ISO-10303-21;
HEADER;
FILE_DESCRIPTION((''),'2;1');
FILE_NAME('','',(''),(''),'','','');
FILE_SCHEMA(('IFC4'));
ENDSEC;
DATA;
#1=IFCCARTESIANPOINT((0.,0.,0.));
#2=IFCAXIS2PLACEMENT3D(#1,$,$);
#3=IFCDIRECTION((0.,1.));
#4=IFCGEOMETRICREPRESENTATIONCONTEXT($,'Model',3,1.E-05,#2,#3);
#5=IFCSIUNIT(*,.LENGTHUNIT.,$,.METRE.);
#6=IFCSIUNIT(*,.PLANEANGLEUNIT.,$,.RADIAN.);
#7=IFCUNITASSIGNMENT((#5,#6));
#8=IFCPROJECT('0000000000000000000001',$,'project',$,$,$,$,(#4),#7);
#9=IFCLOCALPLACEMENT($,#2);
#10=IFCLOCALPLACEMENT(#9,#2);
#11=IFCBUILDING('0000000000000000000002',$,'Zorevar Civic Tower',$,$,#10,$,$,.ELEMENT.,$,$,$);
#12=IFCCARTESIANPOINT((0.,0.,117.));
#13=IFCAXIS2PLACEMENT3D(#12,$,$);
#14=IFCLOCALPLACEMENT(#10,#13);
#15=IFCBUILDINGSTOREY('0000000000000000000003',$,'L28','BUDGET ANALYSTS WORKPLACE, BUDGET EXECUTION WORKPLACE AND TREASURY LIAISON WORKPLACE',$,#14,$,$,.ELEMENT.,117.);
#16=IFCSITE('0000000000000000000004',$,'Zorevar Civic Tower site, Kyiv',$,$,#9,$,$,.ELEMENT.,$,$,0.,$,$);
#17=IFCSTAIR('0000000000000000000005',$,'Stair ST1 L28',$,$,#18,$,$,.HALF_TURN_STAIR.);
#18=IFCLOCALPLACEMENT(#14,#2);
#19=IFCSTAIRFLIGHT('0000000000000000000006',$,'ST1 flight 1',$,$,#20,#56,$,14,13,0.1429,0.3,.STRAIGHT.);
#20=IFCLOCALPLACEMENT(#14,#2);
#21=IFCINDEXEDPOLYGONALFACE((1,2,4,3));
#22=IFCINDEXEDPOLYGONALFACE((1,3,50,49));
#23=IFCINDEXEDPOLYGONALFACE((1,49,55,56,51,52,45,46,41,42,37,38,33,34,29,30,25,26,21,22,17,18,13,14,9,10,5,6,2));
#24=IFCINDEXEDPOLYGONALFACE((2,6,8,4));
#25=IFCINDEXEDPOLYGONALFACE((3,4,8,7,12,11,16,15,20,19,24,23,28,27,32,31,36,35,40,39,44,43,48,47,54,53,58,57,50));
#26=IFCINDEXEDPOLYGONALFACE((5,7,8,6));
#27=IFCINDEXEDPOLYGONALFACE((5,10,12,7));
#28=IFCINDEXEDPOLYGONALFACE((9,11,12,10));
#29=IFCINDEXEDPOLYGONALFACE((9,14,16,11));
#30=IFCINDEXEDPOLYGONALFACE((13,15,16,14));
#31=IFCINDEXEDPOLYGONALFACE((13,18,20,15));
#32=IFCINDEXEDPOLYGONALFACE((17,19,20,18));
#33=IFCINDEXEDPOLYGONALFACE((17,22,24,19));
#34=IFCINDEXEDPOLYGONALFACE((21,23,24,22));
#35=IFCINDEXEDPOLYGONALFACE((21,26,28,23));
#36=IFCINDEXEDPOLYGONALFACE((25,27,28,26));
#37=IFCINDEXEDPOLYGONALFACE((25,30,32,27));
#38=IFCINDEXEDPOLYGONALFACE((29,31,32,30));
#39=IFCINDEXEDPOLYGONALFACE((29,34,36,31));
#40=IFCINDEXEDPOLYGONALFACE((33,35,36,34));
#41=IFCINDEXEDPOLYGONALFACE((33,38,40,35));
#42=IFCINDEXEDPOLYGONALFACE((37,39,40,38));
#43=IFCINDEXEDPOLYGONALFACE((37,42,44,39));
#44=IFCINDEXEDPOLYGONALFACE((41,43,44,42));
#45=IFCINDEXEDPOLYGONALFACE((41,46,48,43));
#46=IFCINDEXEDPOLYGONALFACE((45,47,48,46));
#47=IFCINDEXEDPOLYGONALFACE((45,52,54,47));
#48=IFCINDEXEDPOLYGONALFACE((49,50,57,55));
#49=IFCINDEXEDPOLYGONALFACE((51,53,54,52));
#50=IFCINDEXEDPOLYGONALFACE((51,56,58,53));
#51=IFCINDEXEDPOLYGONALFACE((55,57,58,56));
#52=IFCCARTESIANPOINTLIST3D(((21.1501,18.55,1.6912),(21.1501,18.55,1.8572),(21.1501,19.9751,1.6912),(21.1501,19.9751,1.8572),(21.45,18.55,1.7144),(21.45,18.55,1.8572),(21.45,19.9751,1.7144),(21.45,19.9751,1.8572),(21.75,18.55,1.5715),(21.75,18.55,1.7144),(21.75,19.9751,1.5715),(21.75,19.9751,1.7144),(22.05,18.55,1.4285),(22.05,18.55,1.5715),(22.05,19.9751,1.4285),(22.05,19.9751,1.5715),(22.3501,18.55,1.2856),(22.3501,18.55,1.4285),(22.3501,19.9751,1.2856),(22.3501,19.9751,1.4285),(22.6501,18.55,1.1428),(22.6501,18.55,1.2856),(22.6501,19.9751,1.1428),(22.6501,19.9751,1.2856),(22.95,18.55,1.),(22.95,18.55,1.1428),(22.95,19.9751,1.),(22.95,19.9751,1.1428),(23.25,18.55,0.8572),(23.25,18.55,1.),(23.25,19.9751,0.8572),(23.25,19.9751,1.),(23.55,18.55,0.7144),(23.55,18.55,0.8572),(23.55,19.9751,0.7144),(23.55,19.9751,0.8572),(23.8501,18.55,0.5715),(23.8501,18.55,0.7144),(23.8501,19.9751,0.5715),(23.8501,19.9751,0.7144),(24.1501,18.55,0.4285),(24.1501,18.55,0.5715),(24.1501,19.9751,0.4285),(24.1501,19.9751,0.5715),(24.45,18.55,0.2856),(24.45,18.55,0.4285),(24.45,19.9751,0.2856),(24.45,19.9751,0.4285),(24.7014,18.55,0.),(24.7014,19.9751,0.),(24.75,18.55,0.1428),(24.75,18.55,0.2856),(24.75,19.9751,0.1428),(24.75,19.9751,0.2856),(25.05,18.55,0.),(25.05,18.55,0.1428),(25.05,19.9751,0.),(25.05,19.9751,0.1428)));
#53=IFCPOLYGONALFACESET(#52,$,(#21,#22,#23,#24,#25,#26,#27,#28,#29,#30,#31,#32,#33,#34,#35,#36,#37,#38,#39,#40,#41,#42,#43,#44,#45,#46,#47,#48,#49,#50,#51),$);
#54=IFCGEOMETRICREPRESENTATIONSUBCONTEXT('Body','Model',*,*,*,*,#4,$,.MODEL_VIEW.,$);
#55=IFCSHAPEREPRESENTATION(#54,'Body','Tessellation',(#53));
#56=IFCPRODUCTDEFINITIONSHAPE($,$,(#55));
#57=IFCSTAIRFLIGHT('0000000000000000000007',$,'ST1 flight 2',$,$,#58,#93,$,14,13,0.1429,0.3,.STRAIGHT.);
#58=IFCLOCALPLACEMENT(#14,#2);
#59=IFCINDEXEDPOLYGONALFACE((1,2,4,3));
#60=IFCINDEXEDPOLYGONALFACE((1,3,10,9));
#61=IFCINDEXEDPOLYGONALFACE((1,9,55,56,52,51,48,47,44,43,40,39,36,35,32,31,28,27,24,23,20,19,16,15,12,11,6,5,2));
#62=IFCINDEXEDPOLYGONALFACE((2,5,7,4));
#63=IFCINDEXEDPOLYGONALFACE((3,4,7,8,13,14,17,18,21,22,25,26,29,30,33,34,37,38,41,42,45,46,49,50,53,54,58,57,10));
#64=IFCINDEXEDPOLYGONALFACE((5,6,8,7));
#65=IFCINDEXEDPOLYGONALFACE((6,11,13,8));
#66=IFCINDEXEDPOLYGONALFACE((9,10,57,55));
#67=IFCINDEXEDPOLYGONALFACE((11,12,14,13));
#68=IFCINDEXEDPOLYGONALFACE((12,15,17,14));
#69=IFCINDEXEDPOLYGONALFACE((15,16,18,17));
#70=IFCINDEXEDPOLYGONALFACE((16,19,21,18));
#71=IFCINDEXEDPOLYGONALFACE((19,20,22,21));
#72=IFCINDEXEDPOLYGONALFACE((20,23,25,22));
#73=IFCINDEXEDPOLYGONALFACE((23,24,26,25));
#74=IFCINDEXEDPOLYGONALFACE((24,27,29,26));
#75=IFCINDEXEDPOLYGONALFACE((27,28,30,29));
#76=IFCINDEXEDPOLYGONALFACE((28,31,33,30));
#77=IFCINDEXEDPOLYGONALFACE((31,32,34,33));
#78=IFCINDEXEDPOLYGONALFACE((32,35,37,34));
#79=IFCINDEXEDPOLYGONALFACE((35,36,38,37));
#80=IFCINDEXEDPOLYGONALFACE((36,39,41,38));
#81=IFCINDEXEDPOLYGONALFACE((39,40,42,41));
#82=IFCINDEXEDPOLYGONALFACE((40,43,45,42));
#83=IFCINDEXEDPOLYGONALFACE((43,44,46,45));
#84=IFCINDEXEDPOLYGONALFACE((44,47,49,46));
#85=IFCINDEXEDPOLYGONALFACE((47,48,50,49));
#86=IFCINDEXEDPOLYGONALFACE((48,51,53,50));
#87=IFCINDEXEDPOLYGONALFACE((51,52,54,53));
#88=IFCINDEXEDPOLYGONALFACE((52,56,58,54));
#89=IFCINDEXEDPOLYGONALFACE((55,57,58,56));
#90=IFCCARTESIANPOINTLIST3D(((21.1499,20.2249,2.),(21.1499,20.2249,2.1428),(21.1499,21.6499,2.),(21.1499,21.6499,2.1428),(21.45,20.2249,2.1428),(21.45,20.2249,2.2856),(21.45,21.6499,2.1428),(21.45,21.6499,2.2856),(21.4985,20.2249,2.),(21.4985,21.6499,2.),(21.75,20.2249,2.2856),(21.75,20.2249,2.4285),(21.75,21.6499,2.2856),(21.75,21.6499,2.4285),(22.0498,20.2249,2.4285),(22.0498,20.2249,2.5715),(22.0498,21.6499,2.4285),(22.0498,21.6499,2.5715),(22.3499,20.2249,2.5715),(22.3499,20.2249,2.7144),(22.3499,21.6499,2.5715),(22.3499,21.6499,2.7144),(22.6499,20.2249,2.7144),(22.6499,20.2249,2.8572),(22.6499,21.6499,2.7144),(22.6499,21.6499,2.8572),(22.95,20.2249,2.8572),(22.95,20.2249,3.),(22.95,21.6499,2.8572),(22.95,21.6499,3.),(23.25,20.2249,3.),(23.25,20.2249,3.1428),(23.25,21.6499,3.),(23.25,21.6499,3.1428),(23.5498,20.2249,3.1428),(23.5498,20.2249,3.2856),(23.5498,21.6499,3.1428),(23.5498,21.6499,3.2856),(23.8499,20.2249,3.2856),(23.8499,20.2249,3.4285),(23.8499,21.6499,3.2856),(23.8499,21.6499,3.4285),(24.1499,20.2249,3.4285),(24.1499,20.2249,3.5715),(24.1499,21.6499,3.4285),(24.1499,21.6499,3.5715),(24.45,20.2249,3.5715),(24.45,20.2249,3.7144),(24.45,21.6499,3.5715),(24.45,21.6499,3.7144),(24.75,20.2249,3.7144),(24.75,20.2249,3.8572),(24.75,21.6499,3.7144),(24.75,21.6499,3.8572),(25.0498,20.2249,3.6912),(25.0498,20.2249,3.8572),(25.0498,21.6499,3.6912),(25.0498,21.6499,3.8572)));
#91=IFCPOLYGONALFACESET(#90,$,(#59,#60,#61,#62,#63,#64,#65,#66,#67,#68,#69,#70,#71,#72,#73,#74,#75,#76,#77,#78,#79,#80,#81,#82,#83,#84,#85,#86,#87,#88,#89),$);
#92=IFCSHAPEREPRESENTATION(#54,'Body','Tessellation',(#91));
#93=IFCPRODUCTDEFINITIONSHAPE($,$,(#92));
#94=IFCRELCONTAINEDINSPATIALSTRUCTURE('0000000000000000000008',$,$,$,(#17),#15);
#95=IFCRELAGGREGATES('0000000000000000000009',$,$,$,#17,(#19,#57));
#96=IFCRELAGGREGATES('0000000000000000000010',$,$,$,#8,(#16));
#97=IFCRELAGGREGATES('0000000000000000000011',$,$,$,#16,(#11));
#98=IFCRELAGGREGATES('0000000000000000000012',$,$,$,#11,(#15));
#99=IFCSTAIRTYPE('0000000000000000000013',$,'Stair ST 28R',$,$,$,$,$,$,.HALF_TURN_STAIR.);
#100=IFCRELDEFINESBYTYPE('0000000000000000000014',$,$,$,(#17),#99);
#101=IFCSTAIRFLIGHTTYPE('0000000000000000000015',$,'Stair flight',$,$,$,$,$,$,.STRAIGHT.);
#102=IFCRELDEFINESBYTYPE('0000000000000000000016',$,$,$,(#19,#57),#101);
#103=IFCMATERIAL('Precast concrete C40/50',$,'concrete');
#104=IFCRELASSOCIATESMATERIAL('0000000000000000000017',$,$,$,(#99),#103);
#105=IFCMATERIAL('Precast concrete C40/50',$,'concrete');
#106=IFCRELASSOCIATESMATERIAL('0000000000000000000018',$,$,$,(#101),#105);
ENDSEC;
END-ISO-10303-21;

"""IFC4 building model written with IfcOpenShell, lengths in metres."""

from ifc_helpers import new_model, si_unit, direction, frame, origin, place, context, subcontext, project, spatial, polyline, outline, extrude, material, type_object, element, aggregate, save


model = new_model("IFC4")

# Units and contexts
model_context = context("Model", 3, precision=1e-05, world=origin(), true_north=direction((0.0, 1.0)))
body_context = subcontext(model_context, "Body", "Model", "MODEL_VIEW")
ifc_project = project(units=[si_unit("LENGTHUNIT", "METRE"), si_unit("PLANEANGLEUNIT", "RADIAN")], contexts=[model_context])

# Site, building, storey
site_placement = place(None, origin())
site = spatial("IfcSite", under=ifc_project, at=site_placement, Name="Zorevar Civic Tower site, Kyiv", CompositionType="ELEMENT", RefElevation=0.0)
building_placement = place(site_placement, origin())
building = spatial("IfcBuilding", under=site, at=building_placement, Name="Zorevar Civic Tower", CompositionType="ELEMENT")
storey_placement = place(building_placement, frame((0.0, 0.0, 117.0)))
storey = spatial("IfcBuildingStorey", under=building, at=storey_placement, Name="L28", Description="BUDGET ANALYSTS WORKPLACE, BUDGET EXECUTION WORKPLACE AND TREASURY LIAISON WORKPLACE", CompositionType="ELEMENT", Elevation=117.0)

# Stair, stair flights
ifc_material_1 = material(Name="Precast concrete C40/50", Category="concrete")
stair_type = type_object("IfcStairType", Name="Stair ST 28R", PredefinedType="HALF_TURN_STAIR", material=ifc_material_1)
stair_placement = place(storey_placement, origin())
stair = element("IfcStair", 1, at=stair_placement, inside=storey, type_object=stair_type, Name="Stair ST1 L28", PredefinedType="HALF_TURN_STAIR")
ifc_material_2 = material(Name="Precast concrete C40/50", Category="concrete")
stair_flight_type = type_object("IfcStairFlightType", Name="Stair flight", PredefinedType="STRAIGHT", material=ifc_material_2)
stair_flight_1_placement = place(storey_placement, frame((25.05, 19.2625, 0.0), z_axis=(0.0, 0.0, 1.0), x_axis=(-1.0, 0.0, 0.0)))
stair_flight_1 = element("IfcStairFlight", 2, at=stair_flight_1_placement, type_object=stair_flight_type, Name="ST1 flight 1", NumberOfRisers=14, NumberOfTreads=13, PredefinedType="STRAIGHT", RiserHeight=0.1429, TreadLength=0.3, context=body_context, shape_type="SweptSolid", body=[
    extrude(outline(polyline([(0.0, 0.0), (0.0, 0.1428), (0.3, 0.1428), (0.3, 0.2856), (0.6001, 0.2856), (0.6001, 0.4285), (0.8999, 0.4285), (0.8999, 0.5715), (1.2, 0.5715), (1.2, 0.7144), (1.5, 0.7144), (1.5, 0.8572), (1.8, 0.8572), (1.8, 1.0), (2.1001, 1.0), (2.1001, 1.1428), (2.3999, 1.1428), (2.3999, 1.2856), (2.7, 1.2856), (2.7, 1.4285), (3.0, 1.4285), (3.0, 1.5715), (3.3, 1.5715), (3.3, 1.7144), (3.6001, 1.7144), (3.6001, 1.8572), (3.8999, 1.8572), (3.8999, 2.0), (3.8999, 1.6912), (0.3486, 0.0), (0.0, 0.0)])), frame((0.0, 0.7124, 0.0), z_axis=(0.0, -1.0, 0.0), x_axis=(1.0, 0.0, 0.0)), (0.0, 0.0, 1.0), 1.425),
])
stair_flight_2_placement = place(storey_placement, frame((21.1499, 20.9375, 2.0), z_axis=(0.0, 0.0, 1.0), x_axis=(1.0, 0.0, 0.0)))
stair_flight_2 = element("IfcStairFlight", 3, at=stair_flight_2_placement, type_object=stair_flight_type, Name="ST1 flight 2", NumberOfRisers=14, NumberOfTreads=13, PredefinedType="STRAIGHT", RiserHeight=0.1429, TreadLength=0.3, context=body_context, shape_type="SweptSolid", body=[
    extrude(outline(polyline([(0.0, 0.0), (0.0, 0.1428), (0.3, 0.1428), (0.3, 0.2856), (0.6001, 0.2856), (0.6001, 0.4285), (0.8999, 0.4285), (0.8999, 0.5715), (1.2, 0.5715), (1.2, 0.7144), (1.5, 0.7144), (1.5, 0.8572), (1.8, 0.8572), (1.8, 1.0), (2.1001, 1.0), (2.1001, 1.1428), (2.3999, 1.1428), (2.3999, 1.2856), (2.7, 1.2856), (2.7, 1.4285), (3.0, 1.4285), (3.0, 1.5715), (3.3, 1.5715), (3.3, 1.7144), (3.6001, 1.7144), (3.6001, 1.8572), (3.8999, 1.8572), (3.8999, 2.0), (3.8999, 1.6912), (0.3486, 0.0), (0.0, 0.0)])), frame((0.0, 0.7124, 0.0), z_axis=(0.0, -1.0, 0.0), x_axis=(1.0, 0.0, 0.0)), (0.0, 0.0, 1.0), 1.425),
])
aggregate(stair, [stair_flight_1, stair_flight_2])

save(model, "model.ifc")
